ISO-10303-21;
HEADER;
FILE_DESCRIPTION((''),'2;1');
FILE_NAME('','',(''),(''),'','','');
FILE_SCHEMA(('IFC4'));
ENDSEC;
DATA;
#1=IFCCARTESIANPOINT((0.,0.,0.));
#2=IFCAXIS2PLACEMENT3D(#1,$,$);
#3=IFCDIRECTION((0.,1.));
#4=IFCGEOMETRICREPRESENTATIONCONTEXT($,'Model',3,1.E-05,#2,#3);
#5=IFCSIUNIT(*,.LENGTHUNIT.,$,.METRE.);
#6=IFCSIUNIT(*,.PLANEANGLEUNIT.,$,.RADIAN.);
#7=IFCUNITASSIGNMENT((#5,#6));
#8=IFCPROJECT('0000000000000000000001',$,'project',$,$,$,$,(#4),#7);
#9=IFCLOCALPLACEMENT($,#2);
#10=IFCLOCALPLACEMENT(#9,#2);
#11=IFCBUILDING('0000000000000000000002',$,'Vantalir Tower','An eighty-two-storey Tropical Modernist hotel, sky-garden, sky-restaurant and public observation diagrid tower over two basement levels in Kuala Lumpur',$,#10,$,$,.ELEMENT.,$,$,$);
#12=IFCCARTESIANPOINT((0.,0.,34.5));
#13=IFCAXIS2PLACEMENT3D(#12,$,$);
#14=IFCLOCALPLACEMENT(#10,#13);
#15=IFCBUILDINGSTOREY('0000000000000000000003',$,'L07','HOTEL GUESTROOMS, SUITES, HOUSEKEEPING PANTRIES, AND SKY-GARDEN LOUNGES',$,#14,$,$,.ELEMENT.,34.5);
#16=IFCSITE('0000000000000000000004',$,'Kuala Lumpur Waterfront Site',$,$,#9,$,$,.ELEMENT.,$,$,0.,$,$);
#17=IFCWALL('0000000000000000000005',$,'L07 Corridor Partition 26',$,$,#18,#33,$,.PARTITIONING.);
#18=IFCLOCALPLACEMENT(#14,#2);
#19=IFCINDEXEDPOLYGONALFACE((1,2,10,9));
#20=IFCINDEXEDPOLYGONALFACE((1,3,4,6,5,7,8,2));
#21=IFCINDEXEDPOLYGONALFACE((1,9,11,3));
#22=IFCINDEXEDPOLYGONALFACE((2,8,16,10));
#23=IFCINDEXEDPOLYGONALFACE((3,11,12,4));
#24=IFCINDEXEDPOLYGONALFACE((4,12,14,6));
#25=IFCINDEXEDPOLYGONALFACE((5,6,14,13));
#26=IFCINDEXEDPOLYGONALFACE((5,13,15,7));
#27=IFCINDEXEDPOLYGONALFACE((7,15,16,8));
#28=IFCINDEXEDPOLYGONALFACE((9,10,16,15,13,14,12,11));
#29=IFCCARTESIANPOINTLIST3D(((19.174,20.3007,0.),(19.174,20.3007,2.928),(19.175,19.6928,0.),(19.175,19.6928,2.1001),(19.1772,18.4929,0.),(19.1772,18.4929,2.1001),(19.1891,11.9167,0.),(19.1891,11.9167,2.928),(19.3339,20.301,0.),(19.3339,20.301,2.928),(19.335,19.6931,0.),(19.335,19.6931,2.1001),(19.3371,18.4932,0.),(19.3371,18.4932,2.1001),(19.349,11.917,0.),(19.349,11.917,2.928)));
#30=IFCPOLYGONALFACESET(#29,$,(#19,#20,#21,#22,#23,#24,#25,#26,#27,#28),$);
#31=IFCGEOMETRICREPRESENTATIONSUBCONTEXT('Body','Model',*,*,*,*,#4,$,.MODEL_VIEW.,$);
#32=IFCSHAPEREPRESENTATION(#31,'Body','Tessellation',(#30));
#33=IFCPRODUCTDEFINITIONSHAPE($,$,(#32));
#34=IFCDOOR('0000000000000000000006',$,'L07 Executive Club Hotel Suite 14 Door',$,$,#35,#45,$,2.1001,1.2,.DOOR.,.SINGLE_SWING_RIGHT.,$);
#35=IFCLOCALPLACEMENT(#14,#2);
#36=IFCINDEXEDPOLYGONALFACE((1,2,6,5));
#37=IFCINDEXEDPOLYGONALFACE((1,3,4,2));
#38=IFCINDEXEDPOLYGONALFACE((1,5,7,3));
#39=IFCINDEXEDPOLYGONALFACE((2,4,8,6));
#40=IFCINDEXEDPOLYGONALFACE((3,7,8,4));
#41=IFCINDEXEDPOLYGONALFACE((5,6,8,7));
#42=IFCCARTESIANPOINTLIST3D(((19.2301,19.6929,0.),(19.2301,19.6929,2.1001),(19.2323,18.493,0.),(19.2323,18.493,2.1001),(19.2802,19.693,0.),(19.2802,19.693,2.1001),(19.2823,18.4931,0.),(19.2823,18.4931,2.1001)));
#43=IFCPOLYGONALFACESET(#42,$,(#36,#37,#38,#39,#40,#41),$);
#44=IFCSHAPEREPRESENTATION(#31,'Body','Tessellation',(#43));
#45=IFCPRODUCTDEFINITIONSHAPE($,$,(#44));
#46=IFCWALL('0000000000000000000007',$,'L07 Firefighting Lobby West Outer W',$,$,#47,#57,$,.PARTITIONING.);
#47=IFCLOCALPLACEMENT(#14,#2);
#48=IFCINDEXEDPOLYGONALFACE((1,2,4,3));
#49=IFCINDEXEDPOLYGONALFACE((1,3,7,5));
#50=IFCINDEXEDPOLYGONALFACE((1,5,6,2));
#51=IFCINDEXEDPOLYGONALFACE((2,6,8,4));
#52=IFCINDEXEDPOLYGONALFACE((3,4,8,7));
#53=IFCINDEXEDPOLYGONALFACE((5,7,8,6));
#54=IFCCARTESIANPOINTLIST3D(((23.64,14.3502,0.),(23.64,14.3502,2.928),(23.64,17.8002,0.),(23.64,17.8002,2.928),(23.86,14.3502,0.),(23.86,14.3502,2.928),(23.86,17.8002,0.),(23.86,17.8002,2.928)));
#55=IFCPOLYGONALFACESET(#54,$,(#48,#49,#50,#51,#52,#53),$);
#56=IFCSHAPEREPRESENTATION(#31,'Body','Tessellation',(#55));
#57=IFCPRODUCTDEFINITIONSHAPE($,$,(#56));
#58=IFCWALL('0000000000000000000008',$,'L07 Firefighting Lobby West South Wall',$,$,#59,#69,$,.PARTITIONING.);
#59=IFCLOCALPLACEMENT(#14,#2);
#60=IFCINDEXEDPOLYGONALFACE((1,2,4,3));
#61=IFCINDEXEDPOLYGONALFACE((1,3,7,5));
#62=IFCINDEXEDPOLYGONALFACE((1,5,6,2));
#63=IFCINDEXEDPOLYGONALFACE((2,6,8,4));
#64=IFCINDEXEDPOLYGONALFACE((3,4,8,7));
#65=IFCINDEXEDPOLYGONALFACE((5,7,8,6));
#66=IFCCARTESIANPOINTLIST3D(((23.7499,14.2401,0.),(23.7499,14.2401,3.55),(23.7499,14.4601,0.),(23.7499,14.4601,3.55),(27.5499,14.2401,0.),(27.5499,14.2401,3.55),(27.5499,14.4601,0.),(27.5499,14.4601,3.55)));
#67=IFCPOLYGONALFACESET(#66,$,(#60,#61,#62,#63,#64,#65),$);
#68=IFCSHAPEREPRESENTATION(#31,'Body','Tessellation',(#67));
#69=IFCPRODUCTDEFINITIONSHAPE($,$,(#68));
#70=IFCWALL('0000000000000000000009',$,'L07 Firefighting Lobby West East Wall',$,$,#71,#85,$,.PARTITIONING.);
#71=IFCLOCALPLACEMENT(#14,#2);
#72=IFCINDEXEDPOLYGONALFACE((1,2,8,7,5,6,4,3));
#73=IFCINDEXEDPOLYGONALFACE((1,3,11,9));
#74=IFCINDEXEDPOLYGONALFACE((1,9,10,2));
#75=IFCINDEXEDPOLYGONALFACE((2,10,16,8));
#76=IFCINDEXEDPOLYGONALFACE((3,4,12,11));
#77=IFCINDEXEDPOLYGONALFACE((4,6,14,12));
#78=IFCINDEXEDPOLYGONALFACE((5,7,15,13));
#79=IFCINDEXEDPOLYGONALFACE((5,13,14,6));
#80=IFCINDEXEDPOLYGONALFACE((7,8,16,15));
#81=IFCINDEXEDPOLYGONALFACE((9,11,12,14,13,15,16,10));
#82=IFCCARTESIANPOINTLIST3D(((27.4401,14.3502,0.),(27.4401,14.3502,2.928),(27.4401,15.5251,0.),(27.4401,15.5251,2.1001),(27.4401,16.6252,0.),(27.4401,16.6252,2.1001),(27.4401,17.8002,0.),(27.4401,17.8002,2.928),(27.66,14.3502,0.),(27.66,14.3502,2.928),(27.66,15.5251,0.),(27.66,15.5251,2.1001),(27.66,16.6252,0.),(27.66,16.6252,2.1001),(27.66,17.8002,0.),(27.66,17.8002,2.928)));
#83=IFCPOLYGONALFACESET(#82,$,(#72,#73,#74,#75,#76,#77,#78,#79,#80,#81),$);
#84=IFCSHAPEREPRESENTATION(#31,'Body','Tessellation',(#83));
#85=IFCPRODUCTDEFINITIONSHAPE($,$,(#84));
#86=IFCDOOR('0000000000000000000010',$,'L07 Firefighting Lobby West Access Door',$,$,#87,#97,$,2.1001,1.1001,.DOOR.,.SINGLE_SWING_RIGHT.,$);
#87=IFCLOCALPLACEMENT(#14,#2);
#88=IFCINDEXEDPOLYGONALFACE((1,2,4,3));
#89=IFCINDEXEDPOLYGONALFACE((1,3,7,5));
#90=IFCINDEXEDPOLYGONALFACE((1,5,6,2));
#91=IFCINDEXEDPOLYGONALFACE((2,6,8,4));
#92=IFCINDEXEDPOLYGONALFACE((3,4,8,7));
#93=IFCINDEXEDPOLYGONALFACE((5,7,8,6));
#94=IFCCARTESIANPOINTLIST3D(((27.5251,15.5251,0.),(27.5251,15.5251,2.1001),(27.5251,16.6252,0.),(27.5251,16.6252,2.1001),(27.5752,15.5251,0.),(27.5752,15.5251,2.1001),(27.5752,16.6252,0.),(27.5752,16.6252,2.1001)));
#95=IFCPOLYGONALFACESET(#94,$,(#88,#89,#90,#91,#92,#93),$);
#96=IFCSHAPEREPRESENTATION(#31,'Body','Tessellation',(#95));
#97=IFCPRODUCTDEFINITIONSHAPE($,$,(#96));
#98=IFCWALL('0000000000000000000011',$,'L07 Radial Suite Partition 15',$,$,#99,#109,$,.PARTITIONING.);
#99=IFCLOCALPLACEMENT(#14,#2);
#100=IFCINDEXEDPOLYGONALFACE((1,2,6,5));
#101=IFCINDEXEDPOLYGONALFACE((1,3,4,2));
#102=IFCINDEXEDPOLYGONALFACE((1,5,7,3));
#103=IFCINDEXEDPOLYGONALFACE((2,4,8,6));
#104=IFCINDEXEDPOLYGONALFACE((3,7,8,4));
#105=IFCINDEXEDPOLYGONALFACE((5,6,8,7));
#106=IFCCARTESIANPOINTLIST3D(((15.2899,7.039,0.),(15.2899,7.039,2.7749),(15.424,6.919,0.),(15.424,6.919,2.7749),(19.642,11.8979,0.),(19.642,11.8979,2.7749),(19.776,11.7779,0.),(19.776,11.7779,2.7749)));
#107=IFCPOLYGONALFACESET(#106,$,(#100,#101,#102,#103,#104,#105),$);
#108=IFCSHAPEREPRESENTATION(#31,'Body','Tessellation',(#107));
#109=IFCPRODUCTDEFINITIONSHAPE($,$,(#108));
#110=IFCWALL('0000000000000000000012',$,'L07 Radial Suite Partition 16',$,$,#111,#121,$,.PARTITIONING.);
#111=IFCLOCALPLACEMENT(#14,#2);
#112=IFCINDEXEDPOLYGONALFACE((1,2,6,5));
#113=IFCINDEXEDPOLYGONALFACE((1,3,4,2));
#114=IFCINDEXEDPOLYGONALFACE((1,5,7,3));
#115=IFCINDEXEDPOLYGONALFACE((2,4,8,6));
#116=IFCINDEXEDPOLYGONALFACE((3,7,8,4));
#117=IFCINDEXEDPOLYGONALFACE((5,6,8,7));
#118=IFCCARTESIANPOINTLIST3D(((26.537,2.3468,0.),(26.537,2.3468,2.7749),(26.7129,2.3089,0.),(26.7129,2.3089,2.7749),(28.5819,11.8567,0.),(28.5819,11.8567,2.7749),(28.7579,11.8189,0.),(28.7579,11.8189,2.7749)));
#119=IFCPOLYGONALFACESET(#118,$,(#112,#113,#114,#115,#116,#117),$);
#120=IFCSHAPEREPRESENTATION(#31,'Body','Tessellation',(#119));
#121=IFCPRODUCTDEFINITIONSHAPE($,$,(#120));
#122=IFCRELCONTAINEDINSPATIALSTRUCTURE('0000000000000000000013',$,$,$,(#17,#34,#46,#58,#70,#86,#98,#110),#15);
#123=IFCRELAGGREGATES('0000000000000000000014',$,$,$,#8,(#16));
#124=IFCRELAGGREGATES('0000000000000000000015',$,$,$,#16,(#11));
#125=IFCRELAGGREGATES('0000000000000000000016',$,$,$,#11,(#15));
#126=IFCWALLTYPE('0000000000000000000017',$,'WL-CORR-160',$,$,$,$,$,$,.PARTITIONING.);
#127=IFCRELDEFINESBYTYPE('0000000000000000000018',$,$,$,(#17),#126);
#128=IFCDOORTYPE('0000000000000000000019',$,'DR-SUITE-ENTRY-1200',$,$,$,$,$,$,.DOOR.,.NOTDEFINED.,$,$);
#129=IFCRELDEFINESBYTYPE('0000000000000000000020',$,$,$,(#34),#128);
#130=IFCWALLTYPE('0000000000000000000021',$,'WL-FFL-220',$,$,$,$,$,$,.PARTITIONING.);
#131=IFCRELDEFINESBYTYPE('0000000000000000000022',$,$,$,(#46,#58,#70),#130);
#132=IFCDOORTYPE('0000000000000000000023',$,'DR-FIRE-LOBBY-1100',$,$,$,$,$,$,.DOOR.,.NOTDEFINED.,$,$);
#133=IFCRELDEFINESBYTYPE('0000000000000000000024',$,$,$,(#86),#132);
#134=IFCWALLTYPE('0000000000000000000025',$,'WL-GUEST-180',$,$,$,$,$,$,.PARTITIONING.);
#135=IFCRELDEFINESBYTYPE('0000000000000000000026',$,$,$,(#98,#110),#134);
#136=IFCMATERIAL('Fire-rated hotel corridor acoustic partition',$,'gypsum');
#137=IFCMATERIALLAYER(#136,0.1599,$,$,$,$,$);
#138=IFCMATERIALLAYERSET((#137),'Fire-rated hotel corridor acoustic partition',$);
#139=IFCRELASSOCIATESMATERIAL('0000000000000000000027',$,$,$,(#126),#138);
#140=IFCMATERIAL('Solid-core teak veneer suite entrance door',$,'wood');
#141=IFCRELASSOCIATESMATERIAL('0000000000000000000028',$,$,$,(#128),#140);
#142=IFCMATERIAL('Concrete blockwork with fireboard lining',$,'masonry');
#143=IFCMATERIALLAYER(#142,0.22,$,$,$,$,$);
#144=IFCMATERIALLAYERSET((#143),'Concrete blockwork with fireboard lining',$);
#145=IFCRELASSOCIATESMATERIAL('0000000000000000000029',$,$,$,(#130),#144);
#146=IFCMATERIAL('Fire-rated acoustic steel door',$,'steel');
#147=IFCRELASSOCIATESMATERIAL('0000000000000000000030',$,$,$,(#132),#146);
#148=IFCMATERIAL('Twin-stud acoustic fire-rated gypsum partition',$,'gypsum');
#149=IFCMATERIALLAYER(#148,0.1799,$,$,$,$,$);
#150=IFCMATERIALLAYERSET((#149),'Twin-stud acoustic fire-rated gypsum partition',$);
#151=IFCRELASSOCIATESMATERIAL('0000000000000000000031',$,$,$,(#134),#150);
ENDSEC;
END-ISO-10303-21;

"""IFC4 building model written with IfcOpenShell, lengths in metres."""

from ifc_helpers import new_model, si_unit, direction, frame, frame_2d, origin, place, context, subcontext, project, spatial, rectangle, extrude, material, layer, layer_set, type_object, element, fill, save


model = new_model("IFC4")

# Units and contexts
model_context = context("Model", 3, precision=1e-05, world=origin(), true_north=direction((0.0, 1.0)))
body_context = subcontext(model_context, "Body", "Model", "MODEL_VIEW")
ifc_project = project(units=[si_unit("LENGTHUNIT", "METRE"), si_unit("PLANEANGLEUNIT", "RADIAN")], contexts=[model_context])

# Site, building, storey
site_placement = place(None, origin())
site = spatial("IfcSite", under=ifc_project, at=site_placement, Name="Kuala Lumpur Waterfront Site", CompositionType="ELEMENT", RefElevation=0.0)
building_placement = place(site_placement, origin())
building = spatial("IfcBuilding", under=site, at=building_placement, Name="Vantalir Tower", Description="An eighty-two-storey Tropical Modernist hotel, sky-garden, sky-restaurant and public observation diagrid tower over two basement levels in Kuala Lumpur", CompositionType="ELEMENT")
storey_placement = place(building_placement, frame((0.0, 0.0, 34.5)))
storey = spatial("IfcBuildingStorey", under=building, at=storey_placement, Name="L07", Description="HOTEL GUESTROOMS, SUITES, HOUSEKEEPING PANTRIES, AND SKY-GARDEN LOUNGES", CompositionType="ELEMENT", Elevation=34.5)

# Shared definitions
ifc_material_1 = material(Name="Fire-rated hotel corridor acoustic partition", Category="gypsum")
ifc_layer_1 = layer(ifc_material_1, 0.1599)
ifc_layer_set_1 = layer_set([ifc_layer_1], Name="Fire-rated hotel corridor acoustic partition")
wall_type_1 = type_object("IfcWallType", Name="WL-CORR-160", PredefinedType="PARTITIONING", material=ifc_layer_set_1)
ifc_material_2 = material(Name="Solid-core teak veneer suite entrance door", Category="wood")
door_type_1 = type_object("IfcDoorType", Name="DR-SUITE-ENTRY-1200", OperationType="NOTDEFINED", PredefinedType="DOOR", material=ifc_material_2)

# Wall, opening, door
wall_1_placement = place(storey_placement, frame((19.269, 11.917, 0.0), z_axis=(0.0, 0.0, 1.0), x_axis=(-0.001805, 0.999998, 0.0)))
wall_1 = element("IfcWall", 1, at=wall_1_placement, inside=storey, type_object=wall_type_1, Name="L07 Corridor Partition 26", PredefinedType="PARTITIONING", context=body_context, shape_type="SweptSolid", body=[
    extrude(rectangle(XDim=8.384, YDim=0.1599, at=frame_2d((4.1919, 0.0))), origin(), (0.0, 0.0, 1.0), 2.928),
])
opening_1_placement = place(wall_1_placement, frame((6.5759, 0.0, 0.0)))
opening_1 = element("IfcOpeningElement", 2, at=opening_1_placement, cuts=wall_1, PredefinedType="OPENING", context=body_context, shape_type="SweptSolid", body=[
    extrude(rectangle(XDim=1.2, YDim=2.1001, at=frame_2d((0.6001, 1.05))), frame((0.0, 0.0898, 0.0), z_axis=(0.0, -1.0, 0.0), x_axis=(1.0, 0.0, 0.0)), (0.0, 0.0, 1.0), 0.1799),
])
door_1_placement = place(opening_1_placement, origin())
door_1 = element("IfcDoor", 3, at=door_1_placement, inside=storey, type_object=door_type_1, Name="L07 Executive Club Hotel Suite 14 Door", OperationType="SINGLE_SWING_RIGHT", OverallHeight=2.1001, OverallWidth=1.2, PredefinedType="DOOR", context=body_context, shape_type="SweptSolid", body=[
    extrude(rectangle(XDim=1.2, YDim=2.1001, at=frame_2d((0.6001, 1.05))), frame((0.0, 0.0249, 0.0), z_axis=(0.0, -1.0, 0.0), x_axis=(1.0, 0.0, 0.0)), (0.0, 0.0, 1.0), 0.05),
])
fill(opening_1, door_1)

# Walls
ifc_material_3 = material(Name="Concrete blockwork with fireboard lining", Category="masonry")
ifc_layer_2 = layer(ifc_material_3, 0.22)
ifc_layer_set_2 = layer_set([ifc_layer_2], Name="Concrete blockwork with fireboard lining")
wall_type_2 = type_object("IfcWallType", Name="WL-FFL-220", PredefinedType="PARTITIONING", material=ifc_layer_set_2)
wall_2_placement = place(storey_placement, frame((23.75, 14.3501, 0.0), z_axis=(0.0, 0.0, 1.0), x_axis=(0.0, 1.0, 0.0)))
element("IfcWall", 4, at=wall_2_placement, inside=storey, type_object=wall_type_2, Name="L07 Firefighting Lobby West Outer W", PredefinedType="PARTITIONING", context=body_context, shape_type="SweptSolid", body=[
    extrude(rectangle(XDim=3.45, YDim=0.22, at=frame_2d((1.7251, 0.0))), origin(), (0.0, 0.0, 1.0), 2.928),
])
wall_3_placement = place(storey_placement, frame((23.75, 14.3501, 0.0), z_axis=(0.0, 0.0, 1.0), x_axis=(1.0, 0.0, 0.0)))
element("IfcWall", 5, at=wall_3_placement, inside=storey, type_object=wall_type_2, Name="L07 Firefighting Lobby West South Wall", PredefinedType="PARTITIONING", context=body_context, shape_type="SweptSolid", body=[
    extrude(rectangle(XDim=3.8, YDim=0.22, at=frame_2d((1.8999, 0.0))), origin(), (0.0, 0.0, 1.0), 3.55),
])

# Wall, opening, door
wall_4_placement = place(storey_placement, frame((27.55, 14.3501, 0.0), z_axis=(0.0, 0.0, 1.0), x_axis=(0.0, 1.0, 0.0)))
wall_4 = element("IfcWall", 6, at=wall_4_placement, inside=storey, type_object=wall_type_2, Name="L07 Firefighting Lobby West East Wall", PredefinedType="PARTITIONING", context=body_context, shape_type="SweptSolid", body=[
    extrude(rectangle(XDim=3.45, YDim=0.22, at=frame_2d((1.7251, 0.0))), origin(), (0.0, 0.0, 1.0), 2.928),
])
opening_2_placement = place(wall_4_placement, frame((1.175, 0.0, 0.0)))
opening_2 = element("IfcOpeningElement", 7, at=opening_2_placement, cuts=wall_4, PredefinedType="OPENING", context=body_context, shape_type="SweptSolid", body=[
    extrude(rectangle(XDim=1.1001, YDim=2.1001, at=frame_2d((0.55, 1.05))), frame((0.0, 0.1199, 0.0), z_axis=(0.0, -1.0, 0.0), x_axis=(1.0, 0.0, 0.0)), (0.0, 0.0, 1.0), 0.24),
])
ifc_material_4 = material(Name="Fire-rated acoustic steel door", Category="steel")
door_type_2 = type_object("IfcDoorType", Name="DR-FIRE-LOBBY-1100", OperationType="NOTDEFINED", PredefinedType="DOOR", material=ifc_material_4)
door_2_placement = place(opening_2_placement, origin())
door_2 = element("IfcDoor", 8, at=door_2_placement, inside=storey, type_object=door_type_2, Name="L07 Firefighting Lobby West Access Door", OperationType="SINGLE_SWING_RIGHT", OverallHeight=2.1001, OverallWidth=1.1001, PredefinedType="DOOR", context=body_context, shape_type="SweptSolid", body=[
    extrude(rectangle(XDim=1.1001, YDim=2.1001, at=frame_2d((0.55, 1.05))), frame((0.0, 0.0249, 0.0), z_axis=(0.0, -1.0, 0.0), x_axis=(1.0, 0.0, 0.0)), (0.0, 0.0, 1.0), 0.05),
])
fill(opening_2, door_2)

# Walls
ifc_material_5 = material(Name="Twin-stud acoustic fire-rated gypsum partition", Category="gypsum")
ifc_layer_3 = layer(ifc_material_5, 0.1799)
ifc_layer_set_3 = layer_set([ifc_layer_3], Name="Twin-stud acoustic fire-rated gypsum partition")
wall_type_3 = type_object("IfcWallType", Name="WL-GUEST-180", PredefinedType="PARTITIONING", material=ifc_layer_set_3)
wall_5_placement = place(storey_placement, frame((19.709, 11.8379, 0.0), z_axis=(0.0, 0.0, 1.0), x_axis=(-0.667189, -0.744889, 0.0)))
element("IfcWall", 9, at=wall_5_placement, inside=storey, type_object=wall_type_3, Name="L07 Radial Suite Partition 15", PredefinedType="PARTITIONING", context=body_context, shape_type="SweptSolid", body=[
    extrude(rectangle(XDim=6.5229, YDim=0.1799, at=frame_2d((3.2615, 0.0))), origin(), (0.0, 0.0, 1.0), 2.7749),
])
wall_6_placement = place(storey_placement, frame((28.6699, 11.8379, 0.0), z_axis=(0.0, 0.0, 1.0), x_axis=(-0.210223, -0.977653, 0.0)))
element("IfcWall", 10, at=wall_6_placement, inside=storey, type_object=wall_type_3, Name="L07 Radial Suite Partition 16", PredefinedType="PARTITIONING", context=body_context, shape_type="SweptSolid", body=[
    extrude(rectangle(XDim=9.7273, YDim=0.1799, at=frame_2d((4.8638, 0.0))), origin(), (0.0, 0.0, 1.0), 2.7749),
])

save(model, "model.ifc")
